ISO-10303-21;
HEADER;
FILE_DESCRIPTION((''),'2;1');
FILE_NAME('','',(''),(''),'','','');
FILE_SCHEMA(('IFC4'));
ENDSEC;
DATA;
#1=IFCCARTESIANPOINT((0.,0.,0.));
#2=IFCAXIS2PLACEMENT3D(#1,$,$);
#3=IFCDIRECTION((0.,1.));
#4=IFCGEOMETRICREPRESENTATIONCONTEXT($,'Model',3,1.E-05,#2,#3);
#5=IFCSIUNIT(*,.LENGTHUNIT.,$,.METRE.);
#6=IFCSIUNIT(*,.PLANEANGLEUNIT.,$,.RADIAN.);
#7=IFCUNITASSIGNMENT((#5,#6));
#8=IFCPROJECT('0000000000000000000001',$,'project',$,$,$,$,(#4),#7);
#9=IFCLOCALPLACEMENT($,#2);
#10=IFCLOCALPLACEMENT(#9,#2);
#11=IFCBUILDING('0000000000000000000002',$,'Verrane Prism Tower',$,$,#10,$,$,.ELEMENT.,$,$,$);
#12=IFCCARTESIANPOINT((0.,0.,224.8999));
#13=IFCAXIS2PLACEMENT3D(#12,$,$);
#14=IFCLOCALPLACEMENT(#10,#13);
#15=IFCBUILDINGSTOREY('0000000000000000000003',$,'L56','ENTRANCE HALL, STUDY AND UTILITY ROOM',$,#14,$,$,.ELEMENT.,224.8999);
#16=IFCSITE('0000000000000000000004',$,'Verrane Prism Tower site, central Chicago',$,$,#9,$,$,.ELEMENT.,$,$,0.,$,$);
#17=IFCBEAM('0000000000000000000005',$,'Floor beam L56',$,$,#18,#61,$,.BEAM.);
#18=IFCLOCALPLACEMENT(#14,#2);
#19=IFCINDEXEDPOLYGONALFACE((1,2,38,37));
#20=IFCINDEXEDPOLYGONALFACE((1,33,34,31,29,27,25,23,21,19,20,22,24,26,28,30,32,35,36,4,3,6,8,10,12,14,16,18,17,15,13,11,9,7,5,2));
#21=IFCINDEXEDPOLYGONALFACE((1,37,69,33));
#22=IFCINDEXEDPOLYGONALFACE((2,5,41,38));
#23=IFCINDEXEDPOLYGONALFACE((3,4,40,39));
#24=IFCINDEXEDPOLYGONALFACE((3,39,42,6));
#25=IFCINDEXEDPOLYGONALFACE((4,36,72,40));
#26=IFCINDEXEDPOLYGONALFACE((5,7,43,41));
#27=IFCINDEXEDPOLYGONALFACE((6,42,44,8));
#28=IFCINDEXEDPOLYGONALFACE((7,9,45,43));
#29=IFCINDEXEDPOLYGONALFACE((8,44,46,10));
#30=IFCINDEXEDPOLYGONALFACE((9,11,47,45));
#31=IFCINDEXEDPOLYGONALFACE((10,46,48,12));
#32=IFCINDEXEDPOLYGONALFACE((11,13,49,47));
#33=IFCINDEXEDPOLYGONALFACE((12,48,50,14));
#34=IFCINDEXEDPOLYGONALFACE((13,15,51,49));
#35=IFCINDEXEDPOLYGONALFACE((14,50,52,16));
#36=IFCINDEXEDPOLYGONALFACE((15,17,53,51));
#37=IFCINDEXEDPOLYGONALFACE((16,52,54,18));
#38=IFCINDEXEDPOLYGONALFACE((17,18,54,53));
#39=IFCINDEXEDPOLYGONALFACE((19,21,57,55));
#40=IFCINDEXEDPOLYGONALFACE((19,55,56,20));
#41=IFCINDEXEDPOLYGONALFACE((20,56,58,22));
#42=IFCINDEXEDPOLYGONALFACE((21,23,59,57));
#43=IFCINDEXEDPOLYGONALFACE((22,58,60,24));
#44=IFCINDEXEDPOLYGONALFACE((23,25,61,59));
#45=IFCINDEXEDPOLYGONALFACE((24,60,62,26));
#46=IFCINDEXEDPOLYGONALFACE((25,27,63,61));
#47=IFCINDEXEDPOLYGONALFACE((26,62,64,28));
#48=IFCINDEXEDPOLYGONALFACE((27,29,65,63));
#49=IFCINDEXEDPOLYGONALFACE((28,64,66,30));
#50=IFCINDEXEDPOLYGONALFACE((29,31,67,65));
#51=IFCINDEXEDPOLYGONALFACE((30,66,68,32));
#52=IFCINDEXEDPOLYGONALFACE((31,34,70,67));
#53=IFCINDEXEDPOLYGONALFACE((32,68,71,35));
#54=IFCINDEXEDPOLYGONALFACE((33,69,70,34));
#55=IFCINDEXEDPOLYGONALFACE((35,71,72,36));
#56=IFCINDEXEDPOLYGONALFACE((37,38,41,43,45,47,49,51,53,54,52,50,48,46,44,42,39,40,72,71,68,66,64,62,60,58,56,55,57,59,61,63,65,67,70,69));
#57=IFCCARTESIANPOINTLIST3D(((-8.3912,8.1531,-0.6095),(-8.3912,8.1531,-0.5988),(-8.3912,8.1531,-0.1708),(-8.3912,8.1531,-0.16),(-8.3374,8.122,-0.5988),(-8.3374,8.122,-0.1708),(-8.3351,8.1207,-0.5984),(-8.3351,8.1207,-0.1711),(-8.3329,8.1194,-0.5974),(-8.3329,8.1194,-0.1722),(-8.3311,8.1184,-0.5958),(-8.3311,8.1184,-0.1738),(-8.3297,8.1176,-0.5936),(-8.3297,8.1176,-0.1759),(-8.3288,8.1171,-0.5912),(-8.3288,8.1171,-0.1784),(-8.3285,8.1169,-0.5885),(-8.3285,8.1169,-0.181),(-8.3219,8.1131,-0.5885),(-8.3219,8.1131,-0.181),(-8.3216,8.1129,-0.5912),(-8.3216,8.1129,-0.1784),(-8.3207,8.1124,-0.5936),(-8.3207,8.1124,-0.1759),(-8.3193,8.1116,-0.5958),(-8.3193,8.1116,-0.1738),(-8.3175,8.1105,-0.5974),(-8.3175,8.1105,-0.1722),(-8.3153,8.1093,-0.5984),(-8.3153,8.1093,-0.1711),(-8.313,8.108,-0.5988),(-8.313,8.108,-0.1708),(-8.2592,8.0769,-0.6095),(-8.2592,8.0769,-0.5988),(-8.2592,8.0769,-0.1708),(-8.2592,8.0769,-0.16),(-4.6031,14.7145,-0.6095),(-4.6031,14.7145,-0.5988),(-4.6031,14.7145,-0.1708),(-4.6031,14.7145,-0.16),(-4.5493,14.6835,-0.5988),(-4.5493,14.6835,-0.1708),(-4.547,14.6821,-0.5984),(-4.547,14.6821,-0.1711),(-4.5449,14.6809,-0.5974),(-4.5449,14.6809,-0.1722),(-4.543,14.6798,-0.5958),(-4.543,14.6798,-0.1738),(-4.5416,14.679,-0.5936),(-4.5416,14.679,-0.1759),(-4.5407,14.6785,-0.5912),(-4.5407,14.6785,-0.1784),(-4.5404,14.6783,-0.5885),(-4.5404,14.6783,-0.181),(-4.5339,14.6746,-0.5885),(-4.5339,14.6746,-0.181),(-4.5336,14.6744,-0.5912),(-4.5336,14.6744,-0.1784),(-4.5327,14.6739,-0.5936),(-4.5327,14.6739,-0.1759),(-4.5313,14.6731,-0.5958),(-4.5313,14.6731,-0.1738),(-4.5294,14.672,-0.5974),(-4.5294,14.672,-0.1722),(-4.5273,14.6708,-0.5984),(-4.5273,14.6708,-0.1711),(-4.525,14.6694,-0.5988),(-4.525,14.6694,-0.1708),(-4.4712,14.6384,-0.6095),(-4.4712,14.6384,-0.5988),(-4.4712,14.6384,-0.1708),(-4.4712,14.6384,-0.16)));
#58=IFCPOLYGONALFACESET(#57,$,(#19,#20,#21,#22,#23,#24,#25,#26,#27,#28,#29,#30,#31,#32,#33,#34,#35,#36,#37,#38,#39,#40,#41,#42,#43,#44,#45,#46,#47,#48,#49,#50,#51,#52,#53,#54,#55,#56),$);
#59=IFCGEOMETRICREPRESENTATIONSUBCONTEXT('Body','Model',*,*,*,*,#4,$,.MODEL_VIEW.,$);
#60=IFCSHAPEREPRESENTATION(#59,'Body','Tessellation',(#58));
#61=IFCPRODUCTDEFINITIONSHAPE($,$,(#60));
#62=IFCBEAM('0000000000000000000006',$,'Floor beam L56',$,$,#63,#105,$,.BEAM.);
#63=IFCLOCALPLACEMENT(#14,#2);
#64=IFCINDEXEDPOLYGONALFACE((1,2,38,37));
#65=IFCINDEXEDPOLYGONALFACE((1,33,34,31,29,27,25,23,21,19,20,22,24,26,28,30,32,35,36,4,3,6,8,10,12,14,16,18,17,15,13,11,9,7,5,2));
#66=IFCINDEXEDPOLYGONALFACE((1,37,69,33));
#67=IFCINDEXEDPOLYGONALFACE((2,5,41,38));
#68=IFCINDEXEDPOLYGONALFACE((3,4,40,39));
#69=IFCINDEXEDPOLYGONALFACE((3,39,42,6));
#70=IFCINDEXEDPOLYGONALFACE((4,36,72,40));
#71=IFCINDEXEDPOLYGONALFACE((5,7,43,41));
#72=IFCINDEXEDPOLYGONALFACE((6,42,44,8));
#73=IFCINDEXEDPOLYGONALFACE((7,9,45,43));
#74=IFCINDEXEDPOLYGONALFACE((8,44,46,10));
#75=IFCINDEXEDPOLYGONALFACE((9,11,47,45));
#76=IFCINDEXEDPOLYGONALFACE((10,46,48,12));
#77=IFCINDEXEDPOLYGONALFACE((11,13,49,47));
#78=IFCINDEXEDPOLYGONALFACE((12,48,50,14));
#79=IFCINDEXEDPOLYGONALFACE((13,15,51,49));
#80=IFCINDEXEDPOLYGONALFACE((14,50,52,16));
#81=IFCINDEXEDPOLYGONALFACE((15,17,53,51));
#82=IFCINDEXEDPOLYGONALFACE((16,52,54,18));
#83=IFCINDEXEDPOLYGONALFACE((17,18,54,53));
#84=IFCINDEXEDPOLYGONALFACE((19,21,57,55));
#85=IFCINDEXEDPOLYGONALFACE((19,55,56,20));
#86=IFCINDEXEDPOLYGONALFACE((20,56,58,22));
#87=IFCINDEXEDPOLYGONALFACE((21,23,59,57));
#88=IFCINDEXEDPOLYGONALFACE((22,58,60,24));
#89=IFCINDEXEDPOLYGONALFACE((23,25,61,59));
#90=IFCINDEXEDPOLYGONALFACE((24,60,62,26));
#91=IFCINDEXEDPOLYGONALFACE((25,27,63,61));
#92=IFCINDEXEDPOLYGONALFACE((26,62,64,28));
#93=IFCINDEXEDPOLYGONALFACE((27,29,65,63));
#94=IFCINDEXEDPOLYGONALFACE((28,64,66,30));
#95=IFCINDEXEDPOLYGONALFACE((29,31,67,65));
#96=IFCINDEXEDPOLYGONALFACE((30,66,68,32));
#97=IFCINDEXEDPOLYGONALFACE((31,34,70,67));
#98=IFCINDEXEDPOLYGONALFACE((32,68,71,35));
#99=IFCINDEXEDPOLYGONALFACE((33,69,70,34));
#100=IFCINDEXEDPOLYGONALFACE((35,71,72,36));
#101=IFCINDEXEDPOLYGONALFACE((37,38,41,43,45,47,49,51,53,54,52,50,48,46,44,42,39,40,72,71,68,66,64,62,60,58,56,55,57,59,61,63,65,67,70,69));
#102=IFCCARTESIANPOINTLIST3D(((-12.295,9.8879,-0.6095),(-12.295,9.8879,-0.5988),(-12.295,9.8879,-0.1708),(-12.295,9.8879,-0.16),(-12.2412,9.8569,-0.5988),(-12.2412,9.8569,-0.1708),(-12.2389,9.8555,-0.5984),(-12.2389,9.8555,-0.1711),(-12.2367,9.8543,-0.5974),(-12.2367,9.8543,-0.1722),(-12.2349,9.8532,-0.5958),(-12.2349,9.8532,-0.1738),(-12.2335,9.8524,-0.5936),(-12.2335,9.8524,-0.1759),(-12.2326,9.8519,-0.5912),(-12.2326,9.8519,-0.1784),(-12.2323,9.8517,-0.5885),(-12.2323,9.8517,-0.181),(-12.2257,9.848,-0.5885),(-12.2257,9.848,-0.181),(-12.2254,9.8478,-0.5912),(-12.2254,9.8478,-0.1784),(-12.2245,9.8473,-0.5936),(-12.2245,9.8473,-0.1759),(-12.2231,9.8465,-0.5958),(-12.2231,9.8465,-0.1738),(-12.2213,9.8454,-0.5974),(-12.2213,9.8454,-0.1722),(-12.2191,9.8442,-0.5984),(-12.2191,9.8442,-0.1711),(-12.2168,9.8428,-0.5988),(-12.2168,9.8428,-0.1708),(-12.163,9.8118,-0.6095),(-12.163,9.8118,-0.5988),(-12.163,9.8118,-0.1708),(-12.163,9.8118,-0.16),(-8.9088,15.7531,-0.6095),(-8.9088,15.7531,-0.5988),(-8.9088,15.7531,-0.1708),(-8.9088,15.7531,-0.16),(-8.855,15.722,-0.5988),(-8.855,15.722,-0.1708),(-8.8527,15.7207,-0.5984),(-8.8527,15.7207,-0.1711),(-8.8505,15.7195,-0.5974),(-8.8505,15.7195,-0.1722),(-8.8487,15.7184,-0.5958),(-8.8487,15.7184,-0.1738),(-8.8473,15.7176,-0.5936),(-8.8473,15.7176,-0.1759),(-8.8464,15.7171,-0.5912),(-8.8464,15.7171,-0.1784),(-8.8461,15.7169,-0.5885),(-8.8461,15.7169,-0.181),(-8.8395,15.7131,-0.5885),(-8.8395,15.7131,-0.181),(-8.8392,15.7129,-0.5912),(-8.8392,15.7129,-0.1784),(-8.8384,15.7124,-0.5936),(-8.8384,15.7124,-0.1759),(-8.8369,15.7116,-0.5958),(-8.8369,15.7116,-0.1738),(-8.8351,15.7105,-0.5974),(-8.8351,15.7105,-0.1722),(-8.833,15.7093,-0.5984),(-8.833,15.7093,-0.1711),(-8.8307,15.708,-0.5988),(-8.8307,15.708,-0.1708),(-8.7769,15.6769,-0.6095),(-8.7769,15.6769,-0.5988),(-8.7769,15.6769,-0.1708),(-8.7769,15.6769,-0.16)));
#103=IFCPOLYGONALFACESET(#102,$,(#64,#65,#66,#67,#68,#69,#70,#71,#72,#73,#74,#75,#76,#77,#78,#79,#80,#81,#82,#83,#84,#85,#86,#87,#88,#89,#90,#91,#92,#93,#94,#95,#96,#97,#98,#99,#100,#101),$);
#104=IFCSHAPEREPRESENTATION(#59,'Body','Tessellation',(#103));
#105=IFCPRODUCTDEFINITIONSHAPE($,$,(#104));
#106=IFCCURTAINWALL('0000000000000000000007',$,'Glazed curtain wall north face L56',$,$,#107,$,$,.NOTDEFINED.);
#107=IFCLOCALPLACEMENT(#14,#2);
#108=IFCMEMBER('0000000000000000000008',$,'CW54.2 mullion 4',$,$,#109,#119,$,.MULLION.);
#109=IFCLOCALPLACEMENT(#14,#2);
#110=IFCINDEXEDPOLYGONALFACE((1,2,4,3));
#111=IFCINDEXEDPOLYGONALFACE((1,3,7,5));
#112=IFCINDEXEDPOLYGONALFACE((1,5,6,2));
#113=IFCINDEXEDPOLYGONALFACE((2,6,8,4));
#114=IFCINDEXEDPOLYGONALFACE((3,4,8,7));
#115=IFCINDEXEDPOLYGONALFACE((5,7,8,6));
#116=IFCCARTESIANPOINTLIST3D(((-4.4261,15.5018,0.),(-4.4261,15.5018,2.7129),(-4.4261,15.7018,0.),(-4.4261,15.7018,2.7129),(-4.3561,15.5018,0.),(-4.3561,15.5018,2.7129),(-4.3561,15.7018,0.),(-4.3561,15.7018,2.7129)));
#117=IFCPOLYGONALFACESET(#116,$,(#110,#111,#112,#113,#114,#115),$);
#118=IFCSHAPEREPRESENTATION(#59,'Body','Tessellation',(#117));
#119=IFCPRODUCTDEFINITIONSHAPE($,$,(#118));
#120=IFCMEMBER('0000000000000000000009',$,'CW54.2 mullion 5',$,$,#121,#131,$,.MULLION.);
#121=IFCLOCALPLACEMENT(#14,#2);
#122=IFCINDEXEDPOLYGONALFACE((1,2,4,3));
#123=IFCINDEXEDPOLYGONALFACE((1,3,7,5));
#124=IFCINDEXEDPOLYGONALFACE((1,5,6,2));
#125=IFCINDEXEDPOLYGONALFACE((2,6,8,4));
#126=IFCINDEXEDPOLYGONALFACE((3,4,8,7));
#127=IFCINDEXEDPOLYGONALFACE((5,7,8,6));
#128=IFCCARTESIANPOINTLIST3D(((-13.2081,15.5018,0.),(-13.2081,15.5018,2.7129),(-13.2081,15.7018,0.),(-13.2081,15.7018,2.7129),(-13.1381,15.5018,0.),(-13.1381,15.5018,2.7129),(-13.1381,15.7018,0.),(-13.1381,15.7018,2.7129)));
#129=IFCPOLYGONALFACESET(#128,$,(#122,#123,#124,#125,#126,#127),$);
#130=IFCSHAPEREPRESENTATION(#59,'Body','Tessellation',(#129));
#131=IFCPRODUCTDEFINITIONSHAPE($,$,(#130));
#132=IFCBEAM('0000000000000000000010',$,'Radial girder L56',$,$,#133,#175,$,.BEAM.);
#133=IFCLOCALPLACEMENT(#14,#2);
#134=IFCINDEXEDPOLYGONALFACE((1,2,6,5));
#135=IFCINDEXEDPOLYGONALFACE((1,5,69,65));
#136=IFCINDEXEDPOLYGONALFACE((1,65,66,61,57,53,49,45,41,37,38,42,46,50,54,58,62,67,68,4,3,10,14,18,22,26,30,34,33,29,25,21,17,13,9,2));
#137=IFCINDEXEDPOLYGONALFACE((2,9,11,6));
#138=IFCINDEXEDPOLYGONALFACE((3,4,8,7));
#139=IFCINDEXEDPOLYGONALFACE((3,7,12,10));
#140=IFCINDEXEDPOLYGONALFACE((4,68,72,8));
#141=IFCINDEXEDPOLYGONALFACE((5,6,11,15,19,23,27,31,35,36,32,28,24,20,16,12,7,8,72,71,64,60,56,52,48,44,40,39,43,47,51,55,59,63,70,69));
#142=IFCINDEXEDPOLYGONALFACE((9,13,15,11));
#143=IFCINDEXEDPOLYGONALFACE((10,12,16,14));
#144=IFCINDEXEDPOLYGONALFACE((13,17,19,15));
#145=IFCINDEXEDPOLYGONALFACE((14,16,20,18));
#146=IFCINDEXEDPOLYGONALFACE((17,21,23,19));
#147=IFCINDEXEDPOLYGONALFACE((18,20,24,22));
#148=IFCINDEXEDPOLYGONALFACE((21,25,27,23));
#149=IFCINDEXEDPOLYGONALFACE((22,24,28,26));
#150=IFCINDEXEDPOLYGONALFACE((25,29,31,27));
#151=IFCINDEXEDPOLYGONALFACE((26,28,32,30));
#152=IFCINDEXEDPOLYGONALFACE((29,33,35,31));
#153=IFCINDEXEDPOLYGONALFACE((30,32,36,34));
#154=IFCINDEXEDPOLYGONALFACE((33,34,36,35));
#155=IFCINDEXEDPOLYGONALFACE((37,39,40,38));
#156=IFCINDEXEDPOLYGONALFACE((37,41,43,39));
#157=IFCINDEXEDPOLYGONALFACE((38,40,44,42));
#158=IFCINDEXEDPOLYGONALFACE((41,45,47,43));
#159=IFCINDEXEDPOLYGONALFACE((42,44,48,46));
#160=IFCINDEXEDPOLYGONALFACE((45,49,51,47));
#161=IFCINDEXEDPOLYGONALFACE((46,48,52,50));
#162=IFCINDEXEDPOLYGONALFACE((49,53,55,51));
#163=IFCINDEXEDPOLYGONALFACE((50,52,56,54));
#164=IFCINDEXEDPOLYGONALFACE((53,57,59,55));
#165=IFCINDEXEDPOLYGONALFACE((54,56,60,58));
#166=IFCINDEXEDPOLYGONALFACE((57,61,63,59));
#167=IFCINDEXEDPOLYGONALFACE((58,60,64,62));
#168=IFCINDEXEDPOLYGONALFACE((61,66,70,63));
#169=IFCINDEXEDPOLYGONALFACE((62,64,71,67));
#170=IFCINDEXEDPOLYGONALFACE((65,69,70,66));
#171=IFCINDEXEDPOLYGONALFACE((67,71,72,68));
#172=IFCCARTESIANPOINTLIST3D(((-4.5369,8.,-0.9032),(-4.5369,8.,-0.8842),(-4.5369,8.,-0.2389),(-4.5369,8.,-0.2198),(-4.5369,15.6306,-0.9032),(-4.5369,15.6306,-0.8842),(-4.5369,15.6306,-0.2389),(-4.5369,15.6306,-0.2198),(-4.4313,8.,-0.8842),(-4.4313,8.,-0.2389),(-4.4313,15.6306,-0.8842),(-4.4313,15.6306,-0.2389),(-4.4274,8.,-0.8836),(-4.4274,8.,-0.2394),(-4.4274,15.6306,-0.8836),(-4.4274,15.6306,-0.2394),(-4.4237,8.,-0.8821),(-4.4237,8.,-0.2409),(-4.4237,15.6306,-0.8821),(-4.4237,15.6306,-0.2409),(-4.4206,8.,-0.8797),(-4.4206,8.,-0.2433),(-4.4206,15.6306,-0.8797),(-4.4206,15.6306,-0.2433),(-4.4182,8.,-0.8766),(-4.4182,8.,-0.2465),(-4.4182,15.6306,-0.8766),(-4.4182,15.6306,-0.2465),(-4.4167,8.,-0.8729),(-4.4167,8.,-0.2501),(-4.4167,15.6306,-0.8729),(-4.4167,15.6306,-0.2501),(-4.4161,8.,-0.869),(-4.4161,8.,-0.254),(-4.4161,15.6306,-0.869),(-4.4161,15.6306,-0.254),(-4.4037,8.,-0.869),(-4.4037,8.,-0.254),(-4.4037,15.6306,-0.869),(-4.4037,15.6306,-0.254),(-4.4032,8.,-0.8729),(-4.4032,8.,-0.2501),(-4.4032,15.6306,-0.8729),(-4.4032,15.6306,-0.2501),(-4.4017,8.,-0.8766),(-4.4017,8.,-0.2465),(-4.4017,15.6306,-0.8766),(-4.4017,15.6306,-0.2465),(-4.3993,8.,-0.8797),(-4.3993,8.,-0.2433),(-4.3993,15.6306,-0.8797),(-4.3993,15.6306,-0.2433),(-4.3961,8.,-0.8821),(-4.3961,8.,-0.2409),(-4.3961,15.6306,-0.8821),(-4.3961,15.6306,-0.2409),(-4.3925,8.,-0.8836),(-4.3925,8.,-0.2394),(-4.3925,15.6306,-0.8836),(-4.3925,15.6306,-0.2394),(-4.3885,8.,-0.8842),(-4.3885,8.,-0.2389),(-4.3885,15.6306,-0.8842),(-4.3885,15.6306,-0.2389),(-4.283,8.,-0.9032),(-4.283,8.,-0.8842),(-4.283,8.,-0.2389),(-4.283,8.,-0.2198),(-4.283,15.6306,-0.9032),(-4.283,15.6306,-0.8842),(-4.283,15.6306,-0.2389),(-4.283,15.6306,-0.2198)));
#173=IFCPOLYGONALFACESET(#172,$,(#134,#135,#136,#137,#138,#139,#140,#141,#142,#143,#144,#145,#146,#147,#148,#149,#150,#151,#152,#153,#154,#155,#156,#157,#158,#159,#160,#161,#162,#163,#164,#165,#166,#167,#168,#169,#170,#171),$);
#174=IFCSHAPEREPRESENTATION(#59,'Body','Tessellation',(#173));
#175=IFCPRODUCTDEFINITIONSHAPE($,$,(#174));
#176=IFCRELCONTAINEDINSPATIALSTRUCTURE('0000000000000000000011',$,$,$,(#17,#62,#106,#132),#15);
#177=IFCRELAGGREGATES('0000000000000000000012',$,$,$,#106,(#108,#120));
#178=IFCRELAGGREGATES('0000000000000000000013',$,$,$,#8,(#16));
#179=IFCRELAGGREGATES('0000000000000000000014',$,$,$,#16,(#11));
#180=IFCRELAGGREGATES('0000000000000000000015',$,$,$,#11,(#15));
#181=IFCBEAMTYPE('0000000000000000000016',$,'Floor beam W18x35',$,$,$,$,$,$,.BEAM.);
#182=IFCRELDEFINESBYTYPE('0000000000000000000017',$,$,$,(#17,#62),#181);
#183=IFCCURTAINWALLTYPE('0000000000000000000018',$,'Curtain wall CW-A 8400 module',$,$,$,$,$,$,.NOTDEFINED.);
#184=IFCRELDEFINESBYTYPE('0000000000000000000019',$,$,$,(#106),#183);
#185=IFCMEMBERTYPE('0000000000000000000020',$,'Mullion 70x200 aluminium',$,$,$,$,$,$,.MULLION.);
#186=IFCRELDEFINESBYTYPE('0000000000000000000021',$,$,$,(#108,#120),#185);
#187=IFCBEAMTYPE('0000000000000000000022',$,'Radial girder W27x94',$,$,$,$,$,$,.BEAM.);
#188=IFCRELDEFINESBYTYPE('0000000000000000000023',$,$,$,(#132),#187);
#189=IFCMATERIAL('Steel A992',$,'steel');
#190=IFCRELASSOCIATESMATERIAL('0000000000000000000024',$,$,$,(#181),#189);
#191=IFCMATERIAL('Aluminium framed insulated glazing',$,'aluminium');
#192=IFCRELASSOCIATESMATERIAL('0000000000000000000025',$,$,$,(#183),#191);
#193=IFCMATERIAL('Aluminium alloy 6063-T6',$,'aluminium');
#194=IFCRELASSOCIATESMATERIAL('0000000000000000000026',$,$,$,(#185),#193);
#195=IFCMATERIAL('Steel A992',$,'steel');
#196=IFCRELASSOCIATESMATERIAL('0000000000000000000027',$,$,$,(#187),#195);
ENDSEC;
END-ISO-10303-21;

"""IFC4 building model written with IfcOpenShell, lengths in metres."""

from ifc_helpers import new_model, si_unit, direction, frame, origin, origin_2d, place, context, subcontext, project, spatial, rectangle, i_section, extrude, material, material_profile, profile_set, type_object, element, aggregate, save


model = new_model("IFC4")

# Units and contexts
model_context = context("Model", 3, precision=1e-05, world=origin(), true_north=direction((0.0, 1.0)))
body_context = subcontext(model_context, "Body", "Model", "MODEL_VIEW")
ifc_project = project(units=[si_unit("LENGTHUNIT", "METRE"), si_unit("PLANEANGLEUNIT", "RADIAN")], contexts=[model_context])

# Site, building, storey
site_placement = place(None, origin())
site = spatial("IfcSite", under=ifc_project, at=site_placement, Name="Verrane Prism Tower site, central Chicago", CompositionType="ELEMENT", RefElevation=0.0)
building_placement = place(site_placement, origin())
building = spatial("IfcBuilding", under=site, at=building_placement, Name="Verrane Prism Tower", CompositionType="ELEMENT")
storey_placement = place(building_placement, frame((0.0, 0.0, 224.8999)))
storey = spatial("IfcBuildingStorey", under=building, at=storey_placement, Name="L56", Description="ENTRANCE HALL, STUDY AND UTILITY ROOM", CompositionType="ELEMENT", Elevation=224.8999)

# Beams
ifc_material_1 = material(Name="Steel A992", Category="steel")
ifc_material_profile_1 = material_profile(ifc_material_1, i_section(OverallWidth=0.1523, OverallDepth=0.4495, WebThickness=0.0076, FlangeThickness=0.0107, FilletRadius=0.0103, at=origin_2d()), Name="W18x35")
ifc_profile_set_1 = profile_set([ifc_material_profile_1], Name="Steel A992")
beam_type_1 = type_object("IfcBeamType", Name="Floor beam W18x35", PredefinedType="BEAM", material=ifc_profile_set_1)
beam_1_placement = place(storey_placement, frame((-8.3252, 8.115, -0.3848), z_axis=(0.499979, 0.866037, 0.0), x_axis=(-0.866037, 0.499979, 0.0)))
element("IfcBeam", 1, at=beam_1_placement, inside=storey, type_object=beam_type_1, Name="Floor beam L56", PredefinedType="BEAM", context=body_context, shape_type="SweptSolid", body=[
    extrude(i_section(OverallWidth=0.1523, OverallDepth=0.4495, WebThickness=0.0076, FlangeThickness=0.0107, FilletRadius=0.0103, at=origin_2d()), origin(), (0.0, 0.0, 1.0), 7.5764),
])
beam_2_placement = place(storey_placement, frame((-12.229, 9.8499, -0.3848), z_axis=(0.499993, 0.86603, 0.0), x_axis=(-0.86603, 0.499993, 0.0)))
element("IfcBeam", 2, at=beam_2_placement, inside=storey, type_object=beam_type_1, Name="Floor beam L56", PredefinedType="BEAM", context=body_context, shape_type="SweptSolid", body=[
    extrude(i_section(OverallWidth=0.1523, OverallDepth=0.4495, WebThickness=0.0076, FlangeThickness=0.0107, FilletRadius=0.0103, at=origin_2d()), origin(), (0.0, 0.0, 1.0), 6.7725),
])

# Curtain wall, members
ifc_material_2 = material(Name="Aluminium framed insulated glazing", Category="aluminium")
curtain_wall_type = type_object("IfcCurtainWallType", Name="Curtain wall CW-A 8400 module", PredefinedType="NOTDEFINED", material=ifc_material_2)
curtain_wall_placement = place(storey_placement, origin())
curtain_wall = element("IfcCurtainWall", 3, at=curtain_wall_placement, inside=storey, type_object=curtain_wall_type, Name="Glazed curtain wall north face L56", PredefinedType="NOTDEFINED")
ifc_material_3 = material(Name="Aluminium alloy 6063-T6", Category="aluminium")
ifc_material_profile_2 = material_profile(ifc_material_3, rectangle(XDim=0.2, YDim=0.0701, at=origin_2d()), Name="Mullion 70x200 aluminium")
ifc_profile_set_2 = profile_set([ifc_material_profile_2], Name="Aluminium alloy 6063-T6")
member_type_1 = type_object("IfcMemberType", Name="Mullion 70x200 aluminium", PredefinedType="MULLION", material=ifc_profile_set_2)
member_1_placement = place(storey_placement, frame((-4.3911, 15.6018, 0.0), z_axis=(0.0, 0.0, 1.0), x_axis=(0.0, -1.0, 0.0)))
member_1 = element("IfcMember", 4, at=member_1_placement, type_object=member_type_1, Name="CW54.2 mullion 4", PredefinedType="MULLION", context=body_context, shape_type="SweptSolid", body=[
    extrude(rectangle(XDim=0.2, YDim=0.0701, at=origin_2d()), origin(), (0.0, 0.0, 1.0), 2.7129),
])
member_2_placement = place(storey_placement, frame((-13.1731, 15.6018, 0.0), z_axis=(0.0, 0.0, 1.0), x_axis=(0.0, -1.0, 0.0)))
member_2 = element("IfcMember", 5, at=member_2_placement, type_object=member_type_1, Name="CW54.2 mullion 5", PredefinedType="MULLION", context=body_context, shape_type="SweptSolid", body=[
    extrude(rectangle(XDim=0.2, YDim=0.0701, at=origin_2d()), origin(), (0.0, 0.0, 1.0), 2.7129),
])

# Beam
ifc_material_4 = material(Name="Steel A992", Category="steel")
ifc_material_profile_3 = material_profile(ifc_material_4, i_section(OverallWidth=0.2539, OverallDepth=0.6833, WebThickness=0.0125, FlangeThickness=0.019, FilletRadius=0.0151, at=origin_2d()), Name="W27x94")
ifc_profile_set_3 = profile_set([ifc_material_profile_3], Name="Steel A992")
beam_type_2 = type_object("IfcBeamType", Name="Radial girder W27x94", PredefinedType="BEAM", material=ifc_profile_set_3)
beam_3_placement = place(storey_placement, frame((-4.4099, 15.6306, -0.5615), z_axis=(0.0, -1.0, 0.0), x_axis=(1.0, 0.0, 0.0)))
element("IfcBeam", 6, at=beam_3_placement, inside=storey, type_object=beam_type_2, Name="Radial girder L56", PredefinedType="BEAM", context=body_context, shape_type="SweptSolid", body=[
    extrude(i_section(OverallWidth=0.2539, OverallDepth=0.6833, WebThickness=0.0125, FlangeThickness=0.019, FilletRadius=0.0151, at=origin_2d()), origin(), (0.0, 0.0, 1.0), 7.6306),
])

aggregate(curtain_wall, [member_1, member_2])

save(model, "model.ifc")
